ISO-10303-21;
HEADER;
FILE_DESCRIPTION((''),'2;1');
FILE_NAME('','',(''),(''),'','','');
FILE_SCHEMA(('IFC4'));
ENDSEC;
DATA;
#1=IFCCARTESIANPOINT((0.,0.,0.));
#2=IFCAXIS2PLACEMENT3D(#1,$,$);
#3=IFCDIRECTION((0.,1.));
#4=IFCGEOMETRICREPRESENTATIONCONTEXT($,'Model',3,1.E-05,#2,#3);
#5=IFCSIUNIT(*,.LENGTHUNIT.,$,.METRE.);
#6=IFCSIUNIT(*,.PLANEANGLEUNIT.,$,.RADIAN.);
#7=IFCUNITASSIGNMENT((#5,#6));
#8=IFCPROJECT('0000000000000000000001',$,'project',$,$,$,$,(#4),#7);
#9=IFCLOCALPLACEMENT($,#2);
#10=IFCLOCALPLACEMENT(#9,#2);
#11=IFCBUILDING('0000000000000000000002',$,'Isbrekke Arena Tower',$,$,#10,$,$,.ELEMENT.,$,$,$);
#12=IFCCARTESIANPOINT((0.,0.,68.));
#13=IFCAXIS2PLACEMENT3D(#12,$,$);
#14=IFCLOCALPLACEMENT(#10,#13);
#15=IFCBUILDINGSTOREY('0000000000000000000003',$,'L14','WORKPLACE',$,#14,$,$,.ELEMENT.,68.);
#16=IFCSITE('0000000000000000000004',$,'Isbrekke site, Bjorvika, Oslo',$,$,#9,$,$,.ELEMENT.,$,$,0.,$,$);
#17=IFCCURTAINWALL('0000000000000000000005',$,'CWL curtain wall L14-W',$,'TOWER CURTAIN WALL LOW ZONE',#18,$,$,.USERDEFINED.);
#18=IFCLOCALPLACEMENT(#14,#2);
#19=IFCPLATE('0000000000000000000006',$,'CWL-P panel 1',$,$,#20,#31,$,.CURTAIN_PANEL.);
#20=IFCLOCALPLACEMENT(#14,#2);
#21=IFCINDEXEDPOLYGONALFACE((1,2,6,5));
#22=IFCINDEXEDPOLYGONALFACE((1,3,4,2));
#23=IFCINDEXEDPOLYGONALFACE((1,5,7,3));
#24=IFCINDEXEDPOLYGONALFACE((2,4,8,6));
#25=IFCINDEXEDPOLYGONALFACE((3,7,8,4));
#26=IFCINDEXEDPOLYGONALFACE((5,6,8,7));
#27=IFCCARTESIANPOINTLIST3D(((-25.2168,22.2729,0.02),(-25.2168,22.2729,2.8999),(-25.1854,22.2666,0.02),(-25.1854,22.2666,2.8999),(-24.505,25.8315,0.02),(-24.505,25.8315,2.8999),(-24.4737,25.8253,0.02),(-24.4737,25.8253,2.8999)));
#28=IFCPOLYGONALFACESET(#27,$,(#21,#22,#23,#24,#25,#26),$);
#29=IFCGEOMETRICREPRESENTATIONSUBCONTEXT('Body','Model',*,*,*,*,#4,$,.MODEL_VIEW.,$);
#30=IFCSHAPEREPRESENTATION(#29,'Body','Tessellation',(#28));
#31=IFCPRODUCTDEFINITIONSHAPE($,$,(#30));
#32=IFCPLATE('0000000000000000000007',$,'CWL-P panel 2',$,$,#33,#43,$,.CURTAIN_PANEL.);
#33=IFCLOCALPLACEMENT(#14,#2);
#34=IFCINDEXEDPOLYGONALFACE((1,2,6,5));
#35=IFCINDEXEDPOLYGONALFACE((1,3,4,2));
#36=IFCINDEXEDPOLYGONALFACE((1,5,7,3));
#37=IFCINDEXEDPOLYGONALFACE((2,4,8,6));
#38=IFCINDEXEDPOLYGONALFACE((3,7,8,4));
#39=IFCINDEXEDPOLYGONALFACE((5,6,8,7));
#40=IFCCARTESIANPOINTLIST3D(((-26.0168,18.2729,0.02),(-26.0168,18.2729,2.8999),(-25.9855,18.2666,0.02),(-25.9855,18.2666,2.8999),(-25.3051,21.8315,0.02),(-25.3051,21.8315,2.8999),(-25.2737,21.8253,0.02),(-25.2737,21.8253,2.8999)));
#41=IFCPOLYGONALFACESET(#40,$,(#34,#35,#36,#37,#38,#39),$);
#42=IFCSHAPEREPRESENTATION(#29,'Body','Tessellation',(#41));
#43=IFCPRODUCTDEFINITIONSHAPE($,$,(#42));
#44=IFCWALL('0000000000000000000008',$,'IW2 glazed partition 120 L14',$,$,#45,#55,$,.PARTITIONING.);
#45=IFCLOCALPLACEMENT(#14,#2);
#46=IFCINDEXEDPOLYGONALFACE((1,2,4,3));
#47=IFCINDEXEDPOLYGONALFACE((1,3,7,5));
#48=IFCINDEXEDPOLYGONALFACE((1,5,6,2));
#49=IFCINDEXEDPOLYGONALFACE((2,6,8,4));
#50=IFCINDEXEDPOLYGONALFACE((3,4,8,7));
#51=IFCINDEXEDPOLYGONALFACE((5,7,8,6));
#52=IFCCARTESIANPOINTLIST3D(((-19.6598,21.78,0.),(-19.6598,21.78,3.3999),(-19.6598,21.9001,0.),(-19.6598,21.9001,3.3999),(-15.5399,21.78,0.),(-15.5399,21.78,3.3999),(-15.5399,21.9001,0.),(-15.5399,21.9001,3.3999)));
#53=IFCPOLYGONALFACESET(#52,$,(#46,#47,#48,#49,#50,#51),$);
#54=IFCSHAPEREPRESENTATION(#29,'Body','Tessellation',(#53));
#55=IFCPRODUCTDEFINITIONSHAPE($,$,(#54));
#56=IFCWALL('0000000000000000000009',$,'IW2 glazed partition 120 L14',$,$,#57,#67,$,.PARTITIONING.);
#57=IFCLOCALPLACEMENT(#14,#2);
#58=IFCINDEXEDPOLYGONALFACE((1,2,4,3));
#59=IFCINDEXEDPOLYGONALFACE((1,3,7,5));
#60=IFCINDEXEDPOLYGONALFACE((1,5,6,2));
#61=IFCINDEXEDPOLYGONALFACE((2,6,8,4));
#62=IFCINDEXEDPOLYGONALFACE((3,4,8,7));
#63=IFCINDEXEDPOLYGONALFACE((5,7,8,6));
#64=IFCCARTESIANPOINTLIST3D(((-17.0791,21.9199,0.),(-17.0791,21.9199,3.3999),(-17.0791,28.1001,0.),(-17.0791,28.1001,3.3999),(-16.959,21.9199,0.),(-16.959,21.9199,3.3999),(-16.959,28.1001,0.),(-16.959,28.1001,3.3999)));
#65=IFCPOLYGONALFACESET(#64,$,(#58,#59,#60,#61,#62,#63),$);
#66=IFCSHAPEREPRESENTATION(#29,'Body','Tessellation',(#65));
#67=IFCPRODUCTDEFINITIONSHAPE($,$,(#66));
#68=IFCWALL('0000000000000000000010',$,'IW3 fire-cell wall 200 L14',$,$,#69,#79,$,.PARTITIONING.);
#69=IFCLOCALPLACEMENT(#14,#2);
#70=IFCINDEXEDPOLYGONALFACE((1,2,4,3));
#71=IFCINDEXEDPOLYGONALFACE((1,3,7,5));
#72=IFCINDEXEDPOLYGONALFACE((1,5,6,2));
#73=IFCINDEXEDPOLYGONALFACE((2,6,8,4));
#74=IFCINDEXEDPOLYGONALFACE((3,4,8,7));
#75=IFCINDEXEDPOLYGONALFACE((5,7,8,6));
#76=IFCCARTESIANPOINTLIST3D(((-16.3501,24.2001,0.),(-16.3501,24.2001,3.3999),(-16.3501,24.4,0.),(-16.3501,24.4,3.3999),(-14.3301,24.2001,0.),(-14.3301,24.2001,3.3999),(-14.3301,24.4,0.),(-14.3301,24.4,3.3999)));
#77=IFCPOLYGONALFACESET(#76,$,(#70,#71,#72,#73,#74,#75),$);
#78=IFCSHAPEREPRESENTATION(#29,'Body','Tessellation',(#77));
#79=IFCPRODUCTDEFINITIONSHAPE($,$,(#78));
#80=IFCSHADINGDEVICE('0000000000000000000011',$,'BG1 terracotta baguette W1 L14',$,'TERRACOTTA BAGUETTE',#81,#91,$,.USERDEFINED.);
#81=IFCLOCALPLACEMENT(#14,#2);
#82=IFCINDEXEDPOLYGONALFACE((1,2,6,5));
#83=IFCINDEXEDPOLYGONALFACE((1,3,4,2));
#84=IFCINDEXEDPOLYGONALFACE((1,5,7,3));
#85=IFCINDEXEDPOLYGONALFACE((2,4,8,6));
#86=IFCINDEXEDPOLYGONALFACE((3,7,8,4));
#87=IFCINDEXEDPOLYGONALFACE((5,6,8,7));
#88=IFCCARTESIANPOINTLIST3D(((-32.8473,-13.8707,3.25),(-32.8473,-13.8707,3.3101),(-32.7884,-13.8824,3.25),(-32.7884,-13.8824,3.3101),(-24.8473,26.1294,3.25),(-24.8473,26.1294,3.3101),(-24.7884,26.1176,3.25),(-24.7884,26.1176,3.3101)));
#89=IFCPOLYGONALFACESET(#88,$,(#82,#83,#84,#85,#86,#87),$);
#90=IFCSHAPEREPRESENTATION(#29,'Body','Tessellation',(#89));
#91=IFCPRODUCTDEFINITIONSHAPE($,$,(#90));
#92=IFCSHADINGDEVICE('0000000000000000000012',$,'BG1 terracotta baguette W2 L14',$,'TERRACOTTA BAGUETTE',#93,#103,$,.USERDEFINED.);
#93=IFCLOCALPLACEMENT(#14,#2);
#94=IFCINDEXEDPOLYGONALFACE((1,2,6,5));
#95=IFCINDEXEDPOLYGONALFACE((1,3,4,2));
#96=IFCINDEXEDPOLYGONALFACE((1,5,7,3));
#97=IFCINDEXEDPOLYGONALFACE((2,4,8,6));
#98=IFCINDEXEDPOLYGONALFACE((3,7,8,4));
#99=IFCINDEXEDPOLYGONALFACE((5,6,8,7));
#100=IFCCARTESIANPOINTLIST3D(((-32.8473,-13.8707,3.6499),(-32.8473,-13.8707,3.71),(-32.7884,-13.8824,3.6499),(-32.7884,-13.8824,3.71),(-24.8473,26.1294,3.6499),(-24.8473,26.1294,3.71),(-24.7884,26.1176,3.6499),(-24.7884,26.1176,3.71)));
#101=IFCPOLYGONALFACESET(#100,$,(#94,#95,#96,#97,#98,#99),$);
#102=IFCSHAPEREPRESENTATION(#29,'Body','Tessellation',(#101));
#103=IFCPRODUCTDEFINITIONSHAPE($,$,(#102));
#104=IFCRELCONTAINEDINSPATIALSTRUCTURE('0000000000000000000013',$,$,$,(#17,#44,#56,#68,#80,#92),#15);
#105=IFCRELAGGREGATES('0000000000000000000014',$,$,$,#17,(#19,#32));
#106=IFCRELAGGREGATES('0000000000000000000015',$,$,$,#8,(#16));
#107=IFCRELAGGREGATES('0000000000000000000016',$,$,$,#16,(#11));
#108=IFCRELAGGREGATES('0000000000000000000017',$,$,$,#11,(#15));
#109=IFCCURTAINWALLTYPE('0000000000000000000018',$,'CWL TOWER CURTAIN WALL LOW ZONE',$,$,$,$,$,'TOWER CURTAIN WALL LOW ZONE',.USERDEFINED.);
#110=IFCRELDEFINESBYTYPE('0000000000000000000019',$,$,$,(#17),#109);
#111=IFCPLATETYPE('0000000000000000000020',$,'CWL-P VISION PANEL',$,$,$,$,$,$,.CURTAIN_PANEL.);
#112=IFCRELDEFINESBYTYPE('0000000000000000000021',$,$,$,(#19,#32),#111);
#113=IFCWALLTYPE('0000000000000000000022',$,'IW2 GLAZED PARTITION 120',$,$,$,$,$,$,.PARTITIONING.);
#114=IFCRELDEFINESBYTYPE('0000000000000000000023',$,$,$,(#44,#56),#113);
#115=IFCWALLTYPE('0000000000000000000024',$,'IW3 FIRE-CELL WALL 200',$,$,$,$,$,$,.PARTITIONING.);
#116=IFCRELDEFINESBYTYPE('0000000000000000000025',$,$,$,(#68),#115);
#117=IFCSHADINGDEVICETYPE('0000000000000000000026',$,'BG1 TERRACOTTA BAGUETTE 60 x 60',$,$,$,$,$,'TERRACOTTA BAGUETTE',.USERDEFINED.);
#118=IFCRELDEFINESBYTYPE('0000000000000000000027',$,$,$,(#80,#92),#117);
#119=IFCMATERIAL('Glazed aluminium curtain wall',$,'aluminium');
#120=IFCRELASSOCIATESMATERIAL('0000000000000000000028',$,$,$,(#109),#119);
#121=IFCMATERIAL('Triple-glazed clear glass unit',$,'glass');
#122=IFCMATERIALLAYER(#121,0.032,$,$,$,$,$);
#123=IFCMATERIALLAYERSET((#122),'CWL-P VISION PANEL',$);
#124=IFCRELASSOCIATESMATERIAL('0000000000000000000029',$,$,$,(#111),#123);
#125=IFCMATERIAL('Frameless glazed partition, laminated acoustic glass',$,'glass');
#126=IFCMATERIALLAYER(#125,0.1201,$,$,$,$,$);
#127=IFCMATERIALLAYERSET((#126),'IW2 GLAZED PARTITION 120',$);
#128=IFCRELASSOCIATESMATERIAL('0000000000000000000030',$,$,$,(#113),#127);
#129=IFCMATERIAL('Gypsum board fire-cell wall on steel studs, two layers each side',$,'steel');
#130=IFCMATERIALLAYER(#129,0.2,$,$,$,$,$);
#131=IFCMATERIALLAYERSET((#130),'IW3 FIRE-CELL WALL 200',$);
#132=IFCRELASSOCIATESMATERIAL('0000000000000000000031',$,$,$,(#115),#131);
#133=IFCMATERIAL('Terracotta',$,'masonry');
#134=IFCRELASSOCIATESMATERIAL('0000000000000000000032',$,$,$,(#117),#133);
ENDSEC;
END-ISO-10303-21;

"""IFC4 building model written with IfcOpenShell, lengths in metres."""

from ifc_helpers import new_model, si_unit, direction, frame, frame_2d, origin, origin_2d, place, context, subcontext, project, spatial, rectangle, extrude, material, layer, layer_set, material_profile, profile_set, type_object, element, aggregate, save


model = new_model("IFC4")

# Units and contexts
model_context = context("Model", 3, precision=1e-05, world=origin(), true_north=direction((0.0, 1.0)))
body_context = subcontext(model_context, "Body", "Model", "MODEL_VIEW")
ifc_project = project(units=[si_unit("LENGTHUNIT", "METRE"), si_unit("PLANEANGLEUNIT", "RADIAN")], contexts=[model_context])

# Site, building, storey
site_placement = place(None, origin())
site = spatial("IfcSite", under=ifc_project, at=site_placement, Name="Isbrekke site, Bjorvika, Oslo", CompositionType="ELEMENT", RefElevation=0.0)
building_placement = place(site_placement, origin())
building = spatial("IfcBuilding", under=site, at=building_placement, Name="Isbrekke Arena Tower", CompositionType="ELEMENT")
storey_placement = place(building_placement, frame((0.0, 0.0, 68.0)))
storey = spatial("IfcBuildingStorey", under=building, at=storey_placement, Name="L14", Description="WORKPLACE", CompositionType="ELEMENT", Elevation=68.0)

# Shared definitions
ifc_material_1 = material(Name="Glazed aluminium curtain wall", Category="aluminium")
curtain_wall_type = type_object("IfcCurtainWallType", Name="CWL TOWER CURTAIN WALL LOW ZONE", ElementType="TOWER CURTAIN WALL LOW ZONE", PredefinedType="USERDEFINED", material=ifc_material_1)

# Curtain wall
curtain_wall_1_placement = place(storey_placement, origin())
curtain_wall_1 = element("IfcCurtainWall", 1, at=curtain_wall_1_placement, inside=storey, type_object=curtain_wall_type, Name="CWL curtain wall L14-W", ObjectType="TOWER CURTAIN WALL LOW ZONE", PredefinedType="USERDEFINED")

# Plates
ifc_material_2 = material(Name="Triple-glazed clear glass unit", Category="glass")
ifc_layer_1 = layer(ifc_material_2, 0.032)
ifc_layer_set_1 = layer_set([ifc_layer_1], Name="CWL-P VISION PANEL")
plate_type = type_object("IfcPlateType", Name="CWL-P VISION PANEL", PredefinedType="CURTAIN_PANEL", material=ifc_layer_set_1)
plate_1_placement = place(storey_placement, frame((-24.8452, 24.0491, 0.02), z_axis=(0.0, 0.0, 1.0), x_axis=(-0.196116, -0.980581, 0.0)))
plate_1 = element("IfcPlate", 2, at=plate_1_placement, type_object=plate_type, Name="CWL-P panel 1", PredefinedType="CURTAIN_PANEL", context=body_context, shape_type="SweptSolid", body=[
    extrude(rectangle(XDim=3.6292, YDim=0.032, at=origin_2d()), origin(), (0.0, 0.0, 1.0), 2.8799),
])
plate_2_placement = place(storey_placement, frame((-25.6453, 20.0491, 0.02), z_axis=(0.0, 0.0, 1.0), x_axis=(-0.196116, -0.980581, 0.0)))
plate_2 = element("IfcPlate", 3, at=plate_2_placement, type_object=plate_type, Name="CWL-P panel 2", PredefinedType="CURTAIN_PANEL", context=body_context, shape_type="SweptSolid", body=[
    extrude(rectangle(XDim=3.6292, YDim=0.032, at=origin_2d()), origin(), (0.0, 0.0, 1.0), 2.8799),
])
aggregate(curtain_wall_1, [plate_1, plate_2])

# Walls
ifc_material_3 = material(Name="Frameless glazed partition, laminated acoustic glass", Category="glass")
ifc_layer_2 = layer(ifc_material_3, 0.1201)
ifc_layer_set_2 = layer_set([ifc_layer_2], Name="IW2 GLAZED PARTITION 120")
wall_type_1 = type_object("IfcWallType", Name="IW2 GLAZED PARTITION 120", PredefinedType="PARTITIONING", material=ifc_layer_set_2)
wall_1_placement = place(storey_placement, frame((-19.6599, 21.8401, 0.0), z_axis=(0.0, 0.0, 1.0), x_axis=(1.0, 0.0, 0.0)))
element("IfcWall", 4, at=wall_1_placement, inside=storey, type_object=wall_type_1, Name="IW2 glazed partition 120 L14", PredefinedType="PARTITIONING", context=body_context, shape_type="SweptSolid", body=[
    extrude(rectangle(XDim=4.1199, YDim=0.1201, at=frame_2d((2.0601, 0.0))), origin(), (0.0, 0.0, 1.0), 3.3999),
])
wall_2_placement = place(storey_placement, frame((-17.019, 21.9199, 0.0), z_axis=(0.0, 0.0, 1.0), x_axis=(0.0, 1.0, 0.0)))
element("IfcWall", 5, at=wall_2_placement, inside=storey, type_object=wall_type_1, Name="IW2 glazed partition 120 L14", PredefinedType="PARTITIONING", context=body_context, shape_type="SweptSolid", body=[
    extrude(rectangle(XDim=6.1802, YDim=0.1201, at=frame_2d((3.0901, 0.0))), origin(), (0.0, 0.0, 1.0), 3.3999),
])
ifc_material_4 = material(Name="Gypsum board fire-cell wall on steel studs, two layers each side", Category="steel")
ifc_layer_3 = layer(ifc_material_4, 0.2)
ifc_layer_set_3 = layer_set([ifc_layer_3], Name="IW3 FIRE-CELL WALL 200")
wall_type_2 = type_object("IfcWallType", Name="IW3 FIRE-CELL WALL 200", PredefinedType="PARTITIONING", material=ifc_layer_set_3)
wall_3_placement = place(storey_placement, frame((-16.3501, 24.3, 0.0), z_axis=(0.0, 0.0, 1.0), x_axis=(1.0, 0.0, 0.0)))
element("IfcWall", 6, at=wall_3_placement, inside=storey, type_object=wall_type_2, Name="IW3 fire-cell wall 200 L14", PredefinedType="PARTITIONING", context=body_context, shape_type="SweptSolid", body=[
    extrude(rectangle(XDim=2.02, YDim=0.2, at=frame_2d((1.01, 0.0))), origin(), (0.0, 0.0, 1.0), 3.3999),
])

# Shading devices
ifc_material_5 = material(Name="Terracotta", Category="masonry")
ifc_material_profile_1 = material_profile(ifc_material_5, rectangle(XDim=0.0601, YDim=0.0601, at=origin_2d()), Name="BAGUETTE 60X60")
ifc_profile_set_1 = profile_set([ifc_material_profile_1], Name="Terracotta")
shading_device_type = type_object("IfcShadingDeviceType", Name="BG1 TERRACOTTA BAGUETTE 60 x 60", ElementType="TERRACOTTA BAGUETTE", PredefinedType="USERDEFINED", material=ifc_profile_set_1)
for number, where, z_axis, x_axis, name in (
    (7, (-24.8179, 26.1235, 3.28), (-0.196116, -0.980581, 0.0), (0.980581, -0.196116, 0.0), "BG1 terracotta baguette W1 L14"),
    (8, (-24.8179, 26.1235, 3.6799), (-0.196116, -0.980581, 0.0), (0.980581, -0.196116, 0.0), "BG1 terracotta baguette W2 L14"),
):
    element("IfcShadingDevice", number, at=place(storey_placement, frame(where, z_axis=z_axis, x_axis=x_axis)), inside=storey, type_object=shading_device_type, Name=name, ObjectType="TERRACOTTA BAGUETTE", PredefinedType="USERDEFINED", context=body_context, shape_type="SweptSolid", body=[
        extrude(rectangle(XDim=0.0601, YDim=0.0601, at=origin_2d()), origin(), (0.0, 0.0, 1.0), 40.7922),
    ])

save(model, "model.ifc")
